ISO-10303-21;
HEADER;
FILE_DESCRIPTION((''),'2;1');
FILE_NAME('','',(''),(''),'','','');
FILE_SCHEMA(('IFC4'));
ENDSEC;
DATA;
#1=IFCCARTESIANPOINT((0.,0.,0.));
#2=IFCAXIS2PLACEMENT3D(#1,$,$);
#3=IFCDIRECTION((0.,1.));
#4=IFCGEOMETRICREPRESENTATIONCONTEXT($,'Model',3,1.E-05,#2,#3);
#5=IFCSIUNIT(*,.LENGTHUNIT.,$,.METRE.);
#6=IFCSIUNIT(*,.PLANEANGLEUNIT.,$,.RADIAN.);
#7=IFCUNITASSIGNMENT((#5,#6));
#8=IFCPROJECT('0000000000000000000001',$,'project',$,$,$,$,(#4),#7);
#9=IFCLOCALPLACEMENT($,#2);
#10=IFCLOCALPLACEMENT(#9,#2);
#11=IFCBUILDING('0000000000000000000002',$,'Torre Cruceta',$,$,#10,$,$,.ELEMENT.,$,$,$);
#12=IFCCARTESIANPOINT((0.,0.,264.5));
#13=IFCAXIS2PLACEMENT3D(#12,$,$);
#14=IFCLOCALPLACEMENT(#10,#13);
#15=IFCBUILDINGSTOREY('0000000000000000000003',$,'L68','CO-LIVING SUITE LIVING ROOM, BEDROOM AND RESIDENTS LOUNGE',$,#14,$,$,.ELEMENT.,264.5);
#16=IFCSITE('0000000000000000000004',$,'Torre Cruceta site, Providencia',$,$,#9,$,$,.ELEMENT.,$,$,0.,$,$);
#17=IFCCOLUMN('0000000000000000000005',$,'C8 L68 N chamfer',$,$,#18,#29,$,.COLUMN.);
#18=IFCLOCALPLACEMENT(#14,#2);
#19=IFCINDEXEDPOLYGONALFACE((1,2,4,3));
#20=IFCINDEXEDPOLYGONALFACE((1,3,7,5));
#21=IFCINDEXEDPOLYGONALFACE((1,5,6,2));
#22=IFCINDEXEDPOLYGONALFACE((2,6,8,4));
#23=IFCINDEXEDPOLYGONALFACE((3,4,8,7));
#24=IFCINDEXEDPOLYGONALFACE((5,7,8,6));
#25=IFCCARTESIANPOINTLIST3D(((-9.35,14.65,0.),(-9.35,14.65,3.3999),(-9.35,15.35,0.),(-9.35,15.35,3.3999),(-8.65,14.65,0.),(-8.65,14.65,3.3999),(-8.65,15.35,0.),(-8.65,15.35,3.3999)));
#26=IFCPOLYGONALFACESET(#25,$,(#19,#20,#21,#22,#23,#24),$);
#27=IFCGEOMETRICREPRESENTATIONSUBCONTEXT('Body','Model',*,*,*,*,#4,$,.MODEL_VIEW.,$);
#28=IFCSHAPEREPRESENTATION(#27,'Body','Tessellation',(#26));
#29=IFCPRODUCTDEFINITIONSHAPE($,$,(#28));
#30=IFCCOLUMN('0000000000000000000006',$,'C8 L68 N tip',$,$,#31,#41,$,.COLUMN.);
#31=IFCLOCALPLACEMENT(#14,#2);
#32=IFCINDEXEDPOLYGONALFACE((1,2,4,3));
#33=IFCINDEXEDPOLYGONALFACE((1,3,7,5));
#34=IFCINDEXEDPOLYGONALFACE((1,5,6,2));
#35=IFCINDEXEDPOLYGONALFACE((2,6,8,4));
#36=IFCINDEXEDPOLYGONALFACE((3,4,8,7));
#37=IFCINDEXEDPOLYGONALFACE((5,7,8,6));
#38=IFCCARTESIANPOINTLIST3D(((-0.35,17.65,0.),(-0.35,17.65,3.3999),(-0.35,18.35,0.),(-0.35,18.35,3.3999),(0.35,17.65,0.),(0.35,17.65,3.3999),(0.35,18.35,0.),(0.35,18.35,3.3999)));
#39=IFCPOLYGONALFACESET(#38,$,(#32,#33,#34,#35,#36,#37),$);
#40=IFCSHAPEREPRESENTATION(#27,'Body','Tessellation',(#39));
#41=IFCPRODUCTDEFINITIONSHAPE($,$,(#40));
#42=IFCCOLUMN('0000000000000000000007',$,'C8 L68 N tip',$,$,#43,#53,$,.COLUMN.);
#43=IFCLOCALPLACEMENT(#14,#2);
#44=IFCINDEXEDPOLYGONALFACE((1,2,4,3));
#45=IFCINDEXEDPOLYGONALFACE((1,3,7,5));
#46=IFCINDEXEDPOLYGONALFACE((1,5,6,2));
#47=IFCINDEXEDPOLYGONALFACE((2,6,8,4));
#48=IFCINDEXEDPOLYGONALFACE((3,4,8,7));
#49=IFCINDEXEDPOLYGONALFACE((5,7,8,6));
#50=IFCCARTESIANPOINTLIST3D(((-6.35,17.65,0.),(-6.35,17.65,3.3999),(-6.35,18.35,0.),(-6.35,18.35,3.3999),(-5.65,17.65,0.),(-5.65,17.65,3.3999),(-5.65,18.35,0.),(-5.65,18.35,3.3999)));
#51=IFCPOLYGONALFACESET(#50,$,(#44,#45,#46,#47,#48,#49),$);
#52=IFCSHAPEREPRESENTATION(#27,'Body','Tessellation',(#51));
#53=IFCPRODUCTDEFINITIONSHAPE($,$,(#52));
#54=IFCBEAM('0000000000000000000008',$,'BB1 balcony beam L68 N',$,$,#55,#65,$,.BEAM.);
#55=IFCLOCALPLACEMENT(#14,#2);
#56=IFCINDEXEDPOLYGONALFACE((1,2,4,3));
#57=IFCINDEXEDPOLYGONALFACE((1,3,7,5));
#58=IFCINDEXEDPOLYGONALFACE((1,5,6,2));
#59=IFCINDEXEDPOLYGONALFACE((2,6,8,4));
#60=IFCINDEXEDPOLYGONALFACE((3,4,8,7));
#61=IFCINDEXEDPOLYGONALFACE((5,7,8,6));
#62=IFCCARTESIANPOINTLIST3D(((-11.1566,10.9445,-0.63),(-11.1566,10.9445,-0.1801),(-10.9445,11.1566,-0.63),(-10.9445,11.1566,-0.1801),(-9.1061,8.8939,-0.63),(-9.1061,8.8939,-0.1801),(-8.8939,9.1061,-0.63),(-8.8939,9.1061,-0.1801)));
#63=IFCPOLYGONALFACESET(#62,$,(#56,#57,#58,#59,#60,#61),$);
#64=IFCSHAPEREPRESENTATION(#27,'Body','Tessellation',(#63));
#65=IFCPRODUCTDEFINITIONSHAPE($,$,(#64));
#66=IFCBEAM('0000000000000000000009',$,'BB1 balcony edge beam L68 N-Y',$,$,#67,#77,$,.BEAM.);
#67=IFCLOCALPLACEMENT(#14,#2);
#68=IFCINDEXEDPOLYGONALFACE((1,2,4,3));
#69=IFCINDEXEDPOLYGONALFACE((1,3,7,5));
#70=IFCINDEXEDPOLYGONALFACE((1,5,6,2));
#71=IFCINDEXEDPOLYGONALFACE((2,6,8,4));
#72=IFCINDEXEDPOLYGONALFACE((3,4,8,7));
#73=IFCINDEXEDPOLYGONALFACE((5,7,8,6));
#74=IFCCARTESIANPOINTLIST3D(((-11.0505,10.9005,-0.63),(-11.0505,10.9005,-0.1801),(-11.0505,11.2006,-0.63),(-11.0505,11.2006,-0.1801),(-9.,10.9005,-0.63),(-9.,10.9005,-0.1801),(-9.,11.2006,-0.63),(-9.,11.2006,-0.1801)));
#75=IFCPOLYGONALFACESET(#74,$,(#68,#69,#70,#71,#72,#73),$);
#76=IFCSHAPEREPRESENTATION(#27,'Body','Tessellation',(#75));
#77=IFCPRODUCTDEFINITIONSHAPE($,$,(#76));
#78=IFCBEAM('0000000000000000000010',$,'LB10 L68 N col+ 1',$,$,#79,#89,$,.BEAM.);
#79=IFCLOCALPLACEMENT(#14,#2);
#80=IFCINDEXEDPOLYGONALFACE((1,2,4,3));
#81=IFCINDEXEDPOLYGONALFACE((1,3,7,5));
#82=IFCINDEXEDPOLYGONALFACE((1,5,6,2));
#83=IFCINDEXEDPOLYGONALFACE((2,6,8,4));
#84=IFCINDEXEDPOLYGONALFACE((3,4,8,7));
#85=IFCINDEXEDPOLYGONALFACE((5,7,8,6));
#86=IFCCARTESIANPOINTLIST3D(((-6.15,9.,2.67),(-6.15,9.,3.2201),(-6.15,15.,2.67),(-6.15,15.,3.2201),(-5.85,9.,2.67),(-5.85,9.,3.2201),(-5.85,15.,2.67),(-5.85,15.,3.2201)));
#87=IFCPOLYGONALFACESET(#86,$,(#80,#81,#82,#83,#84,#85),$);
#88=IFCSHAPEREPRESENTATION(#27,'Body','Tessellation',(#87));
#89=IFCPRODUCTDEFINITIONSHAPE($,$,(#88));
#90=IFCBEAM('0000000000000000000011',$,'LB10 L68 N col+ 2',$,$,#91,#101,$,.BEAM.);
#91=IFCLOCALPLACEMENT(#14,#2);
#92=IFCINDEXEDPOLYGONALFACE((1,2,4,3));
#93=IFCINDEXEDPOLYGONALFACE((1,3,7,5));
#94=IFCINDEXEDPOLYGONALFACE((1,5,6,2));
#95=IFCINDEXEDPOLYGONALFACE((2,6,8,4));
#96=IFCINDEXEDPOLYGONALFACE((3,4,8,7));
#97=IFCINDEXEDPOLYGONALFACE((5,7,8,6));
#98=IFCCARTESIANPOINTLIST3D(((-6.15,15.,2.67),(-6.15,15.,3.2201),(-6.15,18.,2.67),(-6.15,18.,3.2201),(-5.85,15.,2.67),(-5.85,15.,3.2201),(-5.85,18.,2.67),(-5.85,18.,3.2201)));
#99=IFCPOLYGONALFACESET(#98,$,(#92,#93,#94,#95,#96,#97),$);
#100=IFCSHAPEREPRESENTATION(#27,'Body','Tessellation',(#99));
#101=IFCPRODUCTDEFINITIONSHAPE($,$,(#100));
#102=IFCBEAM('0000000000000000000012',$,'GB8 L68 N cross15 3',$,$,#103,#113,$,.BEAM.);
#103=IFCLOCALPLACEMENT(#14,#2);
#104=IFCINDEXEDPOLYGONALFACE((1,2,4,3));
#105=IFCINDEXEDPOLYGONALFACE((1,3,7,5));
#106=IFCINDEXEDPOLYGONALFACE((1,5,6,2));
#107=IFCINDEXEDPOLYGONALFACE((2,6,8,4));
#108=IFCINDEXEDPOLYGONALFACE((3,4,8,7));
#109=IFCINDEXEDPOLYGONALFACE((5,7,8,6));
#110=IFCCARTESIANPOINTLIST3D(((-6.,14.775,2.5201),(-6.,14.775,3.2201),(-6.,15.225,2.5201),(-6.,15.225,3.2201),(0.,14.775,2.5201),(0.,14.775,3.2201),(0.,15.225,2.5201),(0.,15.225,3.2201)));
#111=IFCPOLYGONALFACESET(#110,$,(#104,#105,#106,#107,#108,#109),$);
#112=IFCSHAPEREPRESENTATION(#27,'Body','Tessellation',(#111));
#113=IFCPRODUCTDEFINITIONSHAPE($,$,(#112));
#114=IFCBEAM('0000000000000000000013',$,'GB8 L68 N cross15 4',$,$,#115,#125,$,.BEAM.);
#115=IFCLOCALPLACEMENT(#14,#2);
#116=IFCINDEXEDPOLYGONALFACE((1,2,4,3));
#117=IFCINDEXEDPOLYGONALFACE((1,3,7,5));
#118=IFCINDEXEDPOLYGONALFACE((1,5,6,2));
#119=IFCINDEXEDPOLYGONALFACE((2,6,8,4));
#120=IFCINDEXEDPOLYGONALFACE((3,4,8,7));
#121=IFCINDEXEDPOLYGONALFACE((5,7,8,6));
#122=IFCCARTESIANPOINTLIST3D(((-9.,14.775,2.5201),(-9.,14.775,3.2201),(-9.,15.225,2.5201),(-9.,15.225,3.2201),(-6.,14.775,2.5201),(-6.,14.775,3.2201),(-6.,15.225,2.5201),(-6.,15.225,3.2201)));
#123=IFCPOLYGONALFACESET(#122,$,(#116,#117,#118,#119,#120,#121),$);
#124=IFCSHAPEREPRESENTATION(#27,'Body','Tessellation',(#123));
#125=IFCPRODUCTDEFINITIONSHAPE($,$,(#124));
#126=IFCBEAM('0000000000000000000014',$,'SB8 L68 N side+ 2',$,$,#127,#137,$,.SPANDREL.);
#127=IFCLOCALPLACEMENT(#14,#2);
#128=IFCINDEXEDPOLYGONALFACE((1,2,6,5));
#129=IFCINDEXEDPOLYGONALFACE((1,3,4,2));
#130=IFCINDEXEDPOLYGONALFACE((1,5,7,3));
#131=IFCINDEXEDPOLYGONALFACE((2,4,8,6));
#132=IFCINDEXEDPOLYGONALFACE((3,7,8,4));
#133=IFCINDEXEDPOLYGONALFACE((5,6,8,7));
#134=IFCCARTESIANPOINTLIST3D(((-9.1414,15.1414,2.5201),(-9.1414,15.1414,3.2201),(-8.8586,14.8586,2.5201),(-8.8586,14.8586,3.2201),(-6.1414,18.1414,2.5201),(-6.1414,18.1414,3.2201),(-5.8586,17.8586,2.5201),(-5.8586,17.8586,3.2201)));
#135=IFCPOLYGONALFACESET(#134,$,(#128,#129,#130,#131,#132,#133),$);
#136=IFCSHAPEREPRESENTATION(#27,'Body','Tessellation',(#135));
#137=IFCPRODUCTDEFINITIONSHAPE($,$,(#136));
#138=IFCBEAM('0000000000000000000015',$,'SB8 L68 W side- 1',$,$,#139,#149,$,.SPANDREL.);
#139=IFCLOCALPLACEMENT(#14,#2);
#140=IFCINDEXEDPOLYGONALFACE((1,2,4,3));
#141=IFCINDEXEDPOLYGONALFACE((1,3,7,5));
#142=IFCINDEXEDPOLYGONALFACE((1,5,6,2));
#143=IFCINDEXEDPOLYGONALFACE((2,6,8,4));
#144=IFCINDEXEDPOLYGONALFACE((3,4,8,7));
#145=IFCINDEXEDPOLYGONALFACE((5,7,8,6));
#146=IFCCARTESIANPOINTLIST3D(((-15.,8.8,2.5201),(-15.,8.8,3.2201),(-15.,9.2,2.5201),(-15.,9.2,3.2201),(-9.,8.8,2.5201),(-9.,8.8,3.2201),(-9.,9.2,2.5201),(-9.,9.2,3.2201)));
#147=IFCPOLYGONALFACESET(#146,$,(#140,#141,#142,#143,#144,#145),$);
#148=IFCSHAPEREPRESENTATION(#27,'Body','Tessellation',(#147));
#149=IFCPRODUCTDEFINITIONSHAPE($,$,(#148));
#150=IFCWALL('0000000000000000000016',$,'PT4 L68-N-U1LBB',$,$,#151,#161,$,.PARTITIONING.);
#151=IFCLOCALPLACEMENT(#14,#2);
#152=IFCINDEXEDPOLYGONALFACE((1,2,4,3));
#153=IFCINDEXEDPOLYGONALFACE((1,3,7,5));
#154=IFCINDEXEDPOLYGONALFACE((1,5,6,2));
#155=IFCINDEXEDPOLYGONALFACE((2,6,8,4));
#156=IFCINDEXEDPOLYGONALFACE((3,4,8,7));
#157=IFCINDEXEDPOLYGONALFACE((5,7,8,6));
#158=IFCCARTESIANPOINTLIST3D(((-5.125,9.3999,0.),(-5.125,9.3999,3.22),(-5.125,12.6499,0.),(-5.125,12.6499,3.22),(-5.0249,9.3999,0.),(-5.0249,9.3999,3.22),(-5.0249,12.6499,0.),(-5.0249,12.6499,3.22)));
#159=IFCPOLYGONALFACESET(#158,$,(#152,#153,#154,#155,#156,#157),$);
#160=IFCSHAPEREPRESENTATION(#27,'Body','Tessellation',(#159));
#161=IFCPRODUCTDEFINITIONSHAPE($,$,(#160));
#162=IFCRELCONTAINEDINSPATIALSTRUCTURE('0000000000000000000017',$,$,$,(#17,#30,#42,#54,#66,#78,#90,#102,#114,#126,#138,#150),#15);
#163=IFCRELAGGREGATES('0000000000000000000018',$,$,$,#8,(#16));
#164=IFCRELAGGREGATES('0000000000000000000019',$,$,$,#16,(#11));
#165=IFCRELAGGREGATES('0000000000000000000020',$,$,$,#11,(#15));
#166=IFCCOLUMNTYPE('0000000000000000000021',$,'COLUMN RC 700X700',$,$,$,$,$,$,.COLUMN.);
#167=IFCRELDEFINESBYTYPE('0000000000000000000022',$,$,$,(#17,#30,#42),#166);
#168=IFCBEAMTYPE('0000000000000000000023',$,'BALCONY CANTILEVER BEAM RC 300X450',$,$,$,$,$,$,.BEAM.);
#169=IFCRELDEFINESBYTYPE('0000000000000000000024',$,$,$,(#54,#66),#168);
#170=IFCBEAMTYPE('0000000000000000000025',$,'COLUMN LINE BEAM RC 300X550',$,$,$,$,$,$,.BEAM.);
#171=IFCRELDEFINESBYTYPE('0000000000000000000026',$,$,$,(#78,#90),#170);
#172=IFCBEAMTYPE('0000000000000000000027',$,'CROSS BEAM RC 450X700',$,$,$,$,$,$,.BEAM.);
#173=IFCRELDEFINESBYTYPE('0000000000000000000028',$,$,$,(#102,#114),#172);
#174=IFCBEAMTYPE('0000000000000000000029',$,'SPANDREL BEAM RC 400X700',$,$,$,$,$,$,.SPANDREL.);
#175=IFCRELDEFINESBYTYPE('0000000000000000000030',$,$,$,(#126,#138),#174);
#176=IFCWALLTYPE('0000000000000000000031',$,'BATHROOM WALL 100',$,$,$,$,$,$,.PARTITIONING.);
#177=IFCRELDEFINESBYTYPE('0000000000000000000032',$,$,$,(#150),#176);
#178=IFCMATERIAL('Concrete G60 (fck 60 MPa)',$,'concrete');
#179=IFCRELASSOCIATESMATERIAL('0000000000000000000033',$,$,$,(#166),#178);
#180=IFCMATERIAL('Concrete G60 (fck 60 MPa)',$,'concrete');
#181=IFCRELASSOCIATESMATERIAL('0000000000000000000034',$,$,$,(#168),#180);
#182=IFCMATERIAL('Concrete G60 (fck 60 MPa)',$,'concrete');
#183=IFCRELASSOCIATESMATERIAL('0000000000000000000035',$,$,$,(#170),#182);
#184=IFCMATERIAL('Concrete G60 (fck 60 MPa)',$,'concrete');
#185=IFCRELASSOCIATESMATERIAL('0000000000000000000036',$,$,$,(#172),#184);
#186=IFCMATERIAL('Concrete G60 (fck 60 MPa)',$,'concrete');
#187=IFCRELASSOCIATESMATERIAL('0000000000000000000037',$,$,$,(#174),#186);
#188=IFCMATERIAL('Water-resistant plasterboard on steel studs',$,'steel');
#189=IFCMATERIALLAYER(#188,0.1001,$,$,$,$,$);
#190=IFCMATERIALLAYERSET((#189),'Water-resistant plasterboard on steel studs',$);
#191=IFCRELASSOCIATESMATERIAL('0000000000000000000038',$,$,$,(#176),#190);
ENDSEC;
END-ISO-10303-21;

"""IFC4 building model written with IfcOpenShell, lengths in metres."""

from ifc_helpers import new_model, si_unit, direction, frame, frame_2d, origin, origin_2d, place, context, subcontext, project, spatial, rectangle, extrude, material, layer, layer_set, material_profile, profile_set, type_object, element, save


model = new_model("IFC4")

# Units and contexts
model_context = context("Model", 3, precision=1e-05, world=origin(), true_north=direction((0.0, 1.0)))
body_context = subcontext(model_context, "Body", "Model", "MODEL_VIEW")
ifc_project = project(units=[si_unit("LENGTHUNIT", "METRE"), si_unit("PLANEANGLEUNIT", "RADIAN")], contexts=[model_context])

# Site, building, storey
site_placement = place(None, origin())
site = spatial("IfcSite", under=ifc_project, at=site_placement, Name="Torre Cruceta site, Providencia", CompositionType="ELEMENT", RefElevation=0.0)
building_placement = place(site_placement, origin())
building = spatial("IfcBuilding", under=site, at=building_placement, Name="Torre Cruceta", CompositionType="ELEMENT")
storey_placement = place(building_placement, frame((0.0, 0.0, 264.5)))
storey = spatial("IfcBuildingStorey", under=building, at=storey_placement, Name="L68", Description="CO-LIVING SUITE LIVING ROOM, BEDROOM AND RESIDENTS LOUNGE", CompositionType="ELEMENT", Elevation=264.5)

# Columns
ifc_material_1 = material(Name="Concrete G60 (fck 60 MPa)", Category="concrete")
ifc_material_profile_1 = material_profile(ifc_material_1, rectangle(XDim=0.7, YDim=0.7, at=origin_2d()), Name="RC 700X700")
ifc_profile_set_1 = profile_set([ifc_material_profile_1], Name="Concrete G60 (fck 60 MPa)")
column_type = type_object("IfcColumnType", Name="COLUMN RC 700X700", PredefinedType="COLUMN", material=ifc_profile_set_1)
for number, where, z_axis, x_axis, name in (
    (1, (-9.0, 15.0, 0.0), (0.0, 0.0, 1.0), (1.0, 0.0, 0.0), "C8 L68 N chamfer"),
    (2, (0.0, 18.0, 0.0), (0.0, 0.0, 1.0), (1.0, 0.0, 0.0), "C8 L68 N tip"),
    (3, (-6.0, 18.0, 0.0), (0.0, 0.0, 1.0), (1.0, 0.0, 0.0), "C8 L68 N tip"),
):
    element("IfcColumn", number, at=place(storey_placement, frame(where, z_axis=z_axis, x_axis=x_axis)), inside=storey, type_object=column_type, Name=name, PredefinedType="COLUMN", context=body_context, shape_type="SweptSolid", body=[
        extrude(rectangle(XDim=0.7, YDim=0.7, at=origin_2d()), origin(), (0.0, 0.0, 1.0), 3.3999),
    ])

# Beams
ifc_material_2 = material(Name="Concrete G60 (fck 60 MPa)", Category="concrete")
ifc_material_profile_2 = material_profile(ifc_material_2, rectangle(XDim=0.3, YDim=0.45, at=origin_2d()), Name="RC 300X450")
ifc_profile_set_2 = profile_set([ifc_material_profile_2], Name="Concrete G60 (fck 60 MPa)")
beam_type_1 = type_object("IfcBeamType", Name="BALCONY CANTILEVER BEAM RC 300X450", PredefinedType="BEAM", material=ifc_profile_set_2)
beam_1_placement = place(storey_placement, frame((-9.0, 9.0, -0.405), z_axis=(-0.707107, 0.707107, 0.0), x_axis=(-0.707107, -0.707107, 0.0)))
element("IfcBeam", 4, at=beam_1_placement, inside=storey, type_object=beam_type_1, Name="BB1 balcony beam L68 N", PredefinedType="BEAM", context=body_context, shape_type="SweptSolid", body=[
    extrude(rectangle(XDim=0.3, YDim=0.45, at=origin_2d()), origin(), (0.0, 0.0, 1.0), 2.8999),
])
beam_2_placement = place(storey_placement, frame((-9.0, 11.0505, -0.405), z_axis=(-1.0, 0.0, 0.0), x_axis=(0.0, -1.0, 0.0)))
element("IfcBeam", 5, at=beam_2_placement, inside=storey, type_object=beam_type_1, Name="BB1 balcony edge beam L68 N-Y", PredefinedType="BEAM", context=body_context, shape_type="SweptSolid", body=[
    extrude(rectangle(XDim=0.3, YDim=0.45, at=origin_2d()), origin(), (0.0, 0.0, 1.0), 2.0505),
])
ifc_material_3 = material(Name="Concrete G60 (fck 60 MPa)", Category="concrete")
ifc_material_profile_3 = material_profile(ifc_material_3, rectangle(XDim=0.3, YDim=0.55, at=origin_2d()), Name="RC 300X550")
ifc_profile_set_3 = profile_set([ifc_material_profile_3], Name="Concrete G60 (fck 60 MPa)")
beam_type_2 = type_object("IfcBeamType", Name="COLUMN LINE BEAM RC 300X550", PredefinedType="BEAM", material=ifc_profile_set_3)
beam_3_placement = place(storey_placement, frame((-6.0, 9.0, 2.9451), z_axis=(0.0, 1.0, 0.0), x_axis=(-1.0, 0.0, 0.0)))
element("IfcBeam", 6, at=beam_3_placement, inside=storey, type_object=beam_type_2, Name="LB10 L68 N col+ 1", PredefinedType="BEAM", context=body_context, shape_type="SweptSolid", body=[
    extrude(rectangle(XDim=0.3, YDim=0.55, at=origin_2d()), origin(), (0.0, 0.0, 1.0), 6.0),
])
beam_4_placement = place(storey_placement, frame((-6.0, 15.0, 2.9451), z_axis=(0.0, 1.0, 0.0), x_axis=(-1.0, 0.0, 0.0)))
element("IfcBeam", 7, at=beam_4_placement, inside=storey, type_object=beam_type_2, Name="LB10 L68 N col+ 2", PredefinedType="BEAM", context=body_context, shape_type="SweptSolid", body=[
    extrude(rectangle(XDim=0.3, YDim=0.55, at=origin_2d()), origin(), (0.0, 0.0, 1.0), 3.0),
])
ifc_material_4 = material(Name="Concrete G60 (fck 60 MPa)", Category="concrete")
ifc_material_profile_4 = material_profile(ifc_material_4, rectangle(XDim=0.45, YDim=0.7, at=origin_2d()), Name="RC 450X700")
ifc_profile_set_4 = profile_set([ifc_material_profile_4], Name="Concrete G60 (fck 60 MPa)")
beam_type_3 = type_object("IfcBeamType", Name="CROSS BEAM RC 450X700", PredefinedType="BEAM", material=ifc_profile_set_4)
beam_5_placement = place(storey_placement, frame((0.0, 15.0, 2.8701), z_axis=(-1.0, 0.0, 0.0), x_axis=(0.0, -1.0, 0.0)))
element("IfcBeam", 8, at=beam_5_placement, inside=storey, type_object=beam_type_3, Name="GB8 L68 N cross15 3", PredefinedType="BEAM", context=body_context, shape_type="SweptSolid", body=[
    extrude(rectangle(XDim=0.45, YDim=0.7, at=origin_2d()), origin(), (0.0, 0.0, 1.0), 6.0),
])
beam_6_placement = place(storey_placement, frame((-6.0, 15.0, 2.8701), z_axis=(-1.0, 0.0, 0.0), x_axis=(0.0, -1.0, 0.0)))
element("IfcBeam", 9, at=beam_6_placement, inside=storey, type_object=beam_type_3, Name="GB8 L68 N cross15 4", PredefinedType="BEAM", context=body_context, shape_type="SweptSolid", body=[
    extrude(rectangle(XDim=0.45, YDim=0.7, at=origin_2d()), origin(), (0.0, 0.0, 1.0), 3.0),
])
ifc_material_5 = material(Name="Concrete G60 (fck 60 MPa)", Category="concrete")
ifc_material_profile_5 = material_profile(ifc_material_5, rectangle(XDim=0.3999, YDim=0.7, at=origin_2d()), Name="RC 400X700")
ifc_profile_set_5 = profile_set([ifc_material_profile_5], Name="Concrete G60 (fck 60 MPa)")
beam_type_4 = type_object("IfcBeamType", Name="SPANDREL BEAM RC 400X700", PredefinedType="SPANDREL", material=ifc_profile_set_5)
beam_7_placement = place(storey_placement, frame((-9.0, 15.0, 2.8701), z_axis=(0.707107, 0.707107, 0.0), x_axis=(-0.707107, 0.707107, 0.0)))
element("IfcBeam", 10, at=beam_7_placement, inside=storey, type_object=beam_type_4, Name="SB8 L68 N side+ 2", PredefinedType="SPANDREL", context=body_context, shape_type="SweptSolid", body=[
    extrude(rectangle(XDim=0.3999, YDim=0.7, at=origin_2d()), origin(), (0.0, 0.0, 1.0), 4.2427),
])
beam_8_placement = place(storey_placement, frame((-9.0, 9.0, 2.8701), z_axis=(-1.0, 0.0, 0.0), x_axis=(0.0, -1.0, 0.0)))
element("IfcBeam", 11, at=beam_8_placement, inside=storey, type_object=beam_type_4, Name="SB8 L68 W side- 1", PredefinedType="SPANDREL", context=body_context, shape_type="SweptSolid", body=[
    extrude(rectangle(XDim=0.3999, YDim=0.7, at=origin_2d()), origin(), (0.0, 0.0, 1.0), 6.0),
])

# Wall
ifc_material_6 = material(Name="Water-resistant plasterboard on steel studs", Category="steel")
ifc_layer_1 = layer(ifc_material_6, 0.1001)
ifc_layer_set_1 = layer_set([ifc_layer_1], Name="Water-resistant plasterboard on steel studs")
wall_type_1 = type_object("IfcWallType", Name="BATHROOM WALL 100", PredefinedType="PARTITIONING", material=ifc_layer_set_1)
wall_1_placement = place(storey_placement, frame((-5.075, 9.3999, 0.0), z_axis=(0.0, 0.0, 1.0), x_axis=(0.0, 1.0, 0.0)))
element("IfcWall", 12, at=wall_1_placement, inside=storey, type_object=wall_type_1, Name="PT4 L68-N-U1LBB", PredefinedType="PARTITIONING", context=body_context, shape_type="SweptSolid", body=[
    extrude(rectangle(XDim=3.25, YDim=0.1001, at=frame_2d((1.625, 0.0))), origin(), (0.0, 0.0, 1.0), 3.22),
])

save(model, "model.ifc")
